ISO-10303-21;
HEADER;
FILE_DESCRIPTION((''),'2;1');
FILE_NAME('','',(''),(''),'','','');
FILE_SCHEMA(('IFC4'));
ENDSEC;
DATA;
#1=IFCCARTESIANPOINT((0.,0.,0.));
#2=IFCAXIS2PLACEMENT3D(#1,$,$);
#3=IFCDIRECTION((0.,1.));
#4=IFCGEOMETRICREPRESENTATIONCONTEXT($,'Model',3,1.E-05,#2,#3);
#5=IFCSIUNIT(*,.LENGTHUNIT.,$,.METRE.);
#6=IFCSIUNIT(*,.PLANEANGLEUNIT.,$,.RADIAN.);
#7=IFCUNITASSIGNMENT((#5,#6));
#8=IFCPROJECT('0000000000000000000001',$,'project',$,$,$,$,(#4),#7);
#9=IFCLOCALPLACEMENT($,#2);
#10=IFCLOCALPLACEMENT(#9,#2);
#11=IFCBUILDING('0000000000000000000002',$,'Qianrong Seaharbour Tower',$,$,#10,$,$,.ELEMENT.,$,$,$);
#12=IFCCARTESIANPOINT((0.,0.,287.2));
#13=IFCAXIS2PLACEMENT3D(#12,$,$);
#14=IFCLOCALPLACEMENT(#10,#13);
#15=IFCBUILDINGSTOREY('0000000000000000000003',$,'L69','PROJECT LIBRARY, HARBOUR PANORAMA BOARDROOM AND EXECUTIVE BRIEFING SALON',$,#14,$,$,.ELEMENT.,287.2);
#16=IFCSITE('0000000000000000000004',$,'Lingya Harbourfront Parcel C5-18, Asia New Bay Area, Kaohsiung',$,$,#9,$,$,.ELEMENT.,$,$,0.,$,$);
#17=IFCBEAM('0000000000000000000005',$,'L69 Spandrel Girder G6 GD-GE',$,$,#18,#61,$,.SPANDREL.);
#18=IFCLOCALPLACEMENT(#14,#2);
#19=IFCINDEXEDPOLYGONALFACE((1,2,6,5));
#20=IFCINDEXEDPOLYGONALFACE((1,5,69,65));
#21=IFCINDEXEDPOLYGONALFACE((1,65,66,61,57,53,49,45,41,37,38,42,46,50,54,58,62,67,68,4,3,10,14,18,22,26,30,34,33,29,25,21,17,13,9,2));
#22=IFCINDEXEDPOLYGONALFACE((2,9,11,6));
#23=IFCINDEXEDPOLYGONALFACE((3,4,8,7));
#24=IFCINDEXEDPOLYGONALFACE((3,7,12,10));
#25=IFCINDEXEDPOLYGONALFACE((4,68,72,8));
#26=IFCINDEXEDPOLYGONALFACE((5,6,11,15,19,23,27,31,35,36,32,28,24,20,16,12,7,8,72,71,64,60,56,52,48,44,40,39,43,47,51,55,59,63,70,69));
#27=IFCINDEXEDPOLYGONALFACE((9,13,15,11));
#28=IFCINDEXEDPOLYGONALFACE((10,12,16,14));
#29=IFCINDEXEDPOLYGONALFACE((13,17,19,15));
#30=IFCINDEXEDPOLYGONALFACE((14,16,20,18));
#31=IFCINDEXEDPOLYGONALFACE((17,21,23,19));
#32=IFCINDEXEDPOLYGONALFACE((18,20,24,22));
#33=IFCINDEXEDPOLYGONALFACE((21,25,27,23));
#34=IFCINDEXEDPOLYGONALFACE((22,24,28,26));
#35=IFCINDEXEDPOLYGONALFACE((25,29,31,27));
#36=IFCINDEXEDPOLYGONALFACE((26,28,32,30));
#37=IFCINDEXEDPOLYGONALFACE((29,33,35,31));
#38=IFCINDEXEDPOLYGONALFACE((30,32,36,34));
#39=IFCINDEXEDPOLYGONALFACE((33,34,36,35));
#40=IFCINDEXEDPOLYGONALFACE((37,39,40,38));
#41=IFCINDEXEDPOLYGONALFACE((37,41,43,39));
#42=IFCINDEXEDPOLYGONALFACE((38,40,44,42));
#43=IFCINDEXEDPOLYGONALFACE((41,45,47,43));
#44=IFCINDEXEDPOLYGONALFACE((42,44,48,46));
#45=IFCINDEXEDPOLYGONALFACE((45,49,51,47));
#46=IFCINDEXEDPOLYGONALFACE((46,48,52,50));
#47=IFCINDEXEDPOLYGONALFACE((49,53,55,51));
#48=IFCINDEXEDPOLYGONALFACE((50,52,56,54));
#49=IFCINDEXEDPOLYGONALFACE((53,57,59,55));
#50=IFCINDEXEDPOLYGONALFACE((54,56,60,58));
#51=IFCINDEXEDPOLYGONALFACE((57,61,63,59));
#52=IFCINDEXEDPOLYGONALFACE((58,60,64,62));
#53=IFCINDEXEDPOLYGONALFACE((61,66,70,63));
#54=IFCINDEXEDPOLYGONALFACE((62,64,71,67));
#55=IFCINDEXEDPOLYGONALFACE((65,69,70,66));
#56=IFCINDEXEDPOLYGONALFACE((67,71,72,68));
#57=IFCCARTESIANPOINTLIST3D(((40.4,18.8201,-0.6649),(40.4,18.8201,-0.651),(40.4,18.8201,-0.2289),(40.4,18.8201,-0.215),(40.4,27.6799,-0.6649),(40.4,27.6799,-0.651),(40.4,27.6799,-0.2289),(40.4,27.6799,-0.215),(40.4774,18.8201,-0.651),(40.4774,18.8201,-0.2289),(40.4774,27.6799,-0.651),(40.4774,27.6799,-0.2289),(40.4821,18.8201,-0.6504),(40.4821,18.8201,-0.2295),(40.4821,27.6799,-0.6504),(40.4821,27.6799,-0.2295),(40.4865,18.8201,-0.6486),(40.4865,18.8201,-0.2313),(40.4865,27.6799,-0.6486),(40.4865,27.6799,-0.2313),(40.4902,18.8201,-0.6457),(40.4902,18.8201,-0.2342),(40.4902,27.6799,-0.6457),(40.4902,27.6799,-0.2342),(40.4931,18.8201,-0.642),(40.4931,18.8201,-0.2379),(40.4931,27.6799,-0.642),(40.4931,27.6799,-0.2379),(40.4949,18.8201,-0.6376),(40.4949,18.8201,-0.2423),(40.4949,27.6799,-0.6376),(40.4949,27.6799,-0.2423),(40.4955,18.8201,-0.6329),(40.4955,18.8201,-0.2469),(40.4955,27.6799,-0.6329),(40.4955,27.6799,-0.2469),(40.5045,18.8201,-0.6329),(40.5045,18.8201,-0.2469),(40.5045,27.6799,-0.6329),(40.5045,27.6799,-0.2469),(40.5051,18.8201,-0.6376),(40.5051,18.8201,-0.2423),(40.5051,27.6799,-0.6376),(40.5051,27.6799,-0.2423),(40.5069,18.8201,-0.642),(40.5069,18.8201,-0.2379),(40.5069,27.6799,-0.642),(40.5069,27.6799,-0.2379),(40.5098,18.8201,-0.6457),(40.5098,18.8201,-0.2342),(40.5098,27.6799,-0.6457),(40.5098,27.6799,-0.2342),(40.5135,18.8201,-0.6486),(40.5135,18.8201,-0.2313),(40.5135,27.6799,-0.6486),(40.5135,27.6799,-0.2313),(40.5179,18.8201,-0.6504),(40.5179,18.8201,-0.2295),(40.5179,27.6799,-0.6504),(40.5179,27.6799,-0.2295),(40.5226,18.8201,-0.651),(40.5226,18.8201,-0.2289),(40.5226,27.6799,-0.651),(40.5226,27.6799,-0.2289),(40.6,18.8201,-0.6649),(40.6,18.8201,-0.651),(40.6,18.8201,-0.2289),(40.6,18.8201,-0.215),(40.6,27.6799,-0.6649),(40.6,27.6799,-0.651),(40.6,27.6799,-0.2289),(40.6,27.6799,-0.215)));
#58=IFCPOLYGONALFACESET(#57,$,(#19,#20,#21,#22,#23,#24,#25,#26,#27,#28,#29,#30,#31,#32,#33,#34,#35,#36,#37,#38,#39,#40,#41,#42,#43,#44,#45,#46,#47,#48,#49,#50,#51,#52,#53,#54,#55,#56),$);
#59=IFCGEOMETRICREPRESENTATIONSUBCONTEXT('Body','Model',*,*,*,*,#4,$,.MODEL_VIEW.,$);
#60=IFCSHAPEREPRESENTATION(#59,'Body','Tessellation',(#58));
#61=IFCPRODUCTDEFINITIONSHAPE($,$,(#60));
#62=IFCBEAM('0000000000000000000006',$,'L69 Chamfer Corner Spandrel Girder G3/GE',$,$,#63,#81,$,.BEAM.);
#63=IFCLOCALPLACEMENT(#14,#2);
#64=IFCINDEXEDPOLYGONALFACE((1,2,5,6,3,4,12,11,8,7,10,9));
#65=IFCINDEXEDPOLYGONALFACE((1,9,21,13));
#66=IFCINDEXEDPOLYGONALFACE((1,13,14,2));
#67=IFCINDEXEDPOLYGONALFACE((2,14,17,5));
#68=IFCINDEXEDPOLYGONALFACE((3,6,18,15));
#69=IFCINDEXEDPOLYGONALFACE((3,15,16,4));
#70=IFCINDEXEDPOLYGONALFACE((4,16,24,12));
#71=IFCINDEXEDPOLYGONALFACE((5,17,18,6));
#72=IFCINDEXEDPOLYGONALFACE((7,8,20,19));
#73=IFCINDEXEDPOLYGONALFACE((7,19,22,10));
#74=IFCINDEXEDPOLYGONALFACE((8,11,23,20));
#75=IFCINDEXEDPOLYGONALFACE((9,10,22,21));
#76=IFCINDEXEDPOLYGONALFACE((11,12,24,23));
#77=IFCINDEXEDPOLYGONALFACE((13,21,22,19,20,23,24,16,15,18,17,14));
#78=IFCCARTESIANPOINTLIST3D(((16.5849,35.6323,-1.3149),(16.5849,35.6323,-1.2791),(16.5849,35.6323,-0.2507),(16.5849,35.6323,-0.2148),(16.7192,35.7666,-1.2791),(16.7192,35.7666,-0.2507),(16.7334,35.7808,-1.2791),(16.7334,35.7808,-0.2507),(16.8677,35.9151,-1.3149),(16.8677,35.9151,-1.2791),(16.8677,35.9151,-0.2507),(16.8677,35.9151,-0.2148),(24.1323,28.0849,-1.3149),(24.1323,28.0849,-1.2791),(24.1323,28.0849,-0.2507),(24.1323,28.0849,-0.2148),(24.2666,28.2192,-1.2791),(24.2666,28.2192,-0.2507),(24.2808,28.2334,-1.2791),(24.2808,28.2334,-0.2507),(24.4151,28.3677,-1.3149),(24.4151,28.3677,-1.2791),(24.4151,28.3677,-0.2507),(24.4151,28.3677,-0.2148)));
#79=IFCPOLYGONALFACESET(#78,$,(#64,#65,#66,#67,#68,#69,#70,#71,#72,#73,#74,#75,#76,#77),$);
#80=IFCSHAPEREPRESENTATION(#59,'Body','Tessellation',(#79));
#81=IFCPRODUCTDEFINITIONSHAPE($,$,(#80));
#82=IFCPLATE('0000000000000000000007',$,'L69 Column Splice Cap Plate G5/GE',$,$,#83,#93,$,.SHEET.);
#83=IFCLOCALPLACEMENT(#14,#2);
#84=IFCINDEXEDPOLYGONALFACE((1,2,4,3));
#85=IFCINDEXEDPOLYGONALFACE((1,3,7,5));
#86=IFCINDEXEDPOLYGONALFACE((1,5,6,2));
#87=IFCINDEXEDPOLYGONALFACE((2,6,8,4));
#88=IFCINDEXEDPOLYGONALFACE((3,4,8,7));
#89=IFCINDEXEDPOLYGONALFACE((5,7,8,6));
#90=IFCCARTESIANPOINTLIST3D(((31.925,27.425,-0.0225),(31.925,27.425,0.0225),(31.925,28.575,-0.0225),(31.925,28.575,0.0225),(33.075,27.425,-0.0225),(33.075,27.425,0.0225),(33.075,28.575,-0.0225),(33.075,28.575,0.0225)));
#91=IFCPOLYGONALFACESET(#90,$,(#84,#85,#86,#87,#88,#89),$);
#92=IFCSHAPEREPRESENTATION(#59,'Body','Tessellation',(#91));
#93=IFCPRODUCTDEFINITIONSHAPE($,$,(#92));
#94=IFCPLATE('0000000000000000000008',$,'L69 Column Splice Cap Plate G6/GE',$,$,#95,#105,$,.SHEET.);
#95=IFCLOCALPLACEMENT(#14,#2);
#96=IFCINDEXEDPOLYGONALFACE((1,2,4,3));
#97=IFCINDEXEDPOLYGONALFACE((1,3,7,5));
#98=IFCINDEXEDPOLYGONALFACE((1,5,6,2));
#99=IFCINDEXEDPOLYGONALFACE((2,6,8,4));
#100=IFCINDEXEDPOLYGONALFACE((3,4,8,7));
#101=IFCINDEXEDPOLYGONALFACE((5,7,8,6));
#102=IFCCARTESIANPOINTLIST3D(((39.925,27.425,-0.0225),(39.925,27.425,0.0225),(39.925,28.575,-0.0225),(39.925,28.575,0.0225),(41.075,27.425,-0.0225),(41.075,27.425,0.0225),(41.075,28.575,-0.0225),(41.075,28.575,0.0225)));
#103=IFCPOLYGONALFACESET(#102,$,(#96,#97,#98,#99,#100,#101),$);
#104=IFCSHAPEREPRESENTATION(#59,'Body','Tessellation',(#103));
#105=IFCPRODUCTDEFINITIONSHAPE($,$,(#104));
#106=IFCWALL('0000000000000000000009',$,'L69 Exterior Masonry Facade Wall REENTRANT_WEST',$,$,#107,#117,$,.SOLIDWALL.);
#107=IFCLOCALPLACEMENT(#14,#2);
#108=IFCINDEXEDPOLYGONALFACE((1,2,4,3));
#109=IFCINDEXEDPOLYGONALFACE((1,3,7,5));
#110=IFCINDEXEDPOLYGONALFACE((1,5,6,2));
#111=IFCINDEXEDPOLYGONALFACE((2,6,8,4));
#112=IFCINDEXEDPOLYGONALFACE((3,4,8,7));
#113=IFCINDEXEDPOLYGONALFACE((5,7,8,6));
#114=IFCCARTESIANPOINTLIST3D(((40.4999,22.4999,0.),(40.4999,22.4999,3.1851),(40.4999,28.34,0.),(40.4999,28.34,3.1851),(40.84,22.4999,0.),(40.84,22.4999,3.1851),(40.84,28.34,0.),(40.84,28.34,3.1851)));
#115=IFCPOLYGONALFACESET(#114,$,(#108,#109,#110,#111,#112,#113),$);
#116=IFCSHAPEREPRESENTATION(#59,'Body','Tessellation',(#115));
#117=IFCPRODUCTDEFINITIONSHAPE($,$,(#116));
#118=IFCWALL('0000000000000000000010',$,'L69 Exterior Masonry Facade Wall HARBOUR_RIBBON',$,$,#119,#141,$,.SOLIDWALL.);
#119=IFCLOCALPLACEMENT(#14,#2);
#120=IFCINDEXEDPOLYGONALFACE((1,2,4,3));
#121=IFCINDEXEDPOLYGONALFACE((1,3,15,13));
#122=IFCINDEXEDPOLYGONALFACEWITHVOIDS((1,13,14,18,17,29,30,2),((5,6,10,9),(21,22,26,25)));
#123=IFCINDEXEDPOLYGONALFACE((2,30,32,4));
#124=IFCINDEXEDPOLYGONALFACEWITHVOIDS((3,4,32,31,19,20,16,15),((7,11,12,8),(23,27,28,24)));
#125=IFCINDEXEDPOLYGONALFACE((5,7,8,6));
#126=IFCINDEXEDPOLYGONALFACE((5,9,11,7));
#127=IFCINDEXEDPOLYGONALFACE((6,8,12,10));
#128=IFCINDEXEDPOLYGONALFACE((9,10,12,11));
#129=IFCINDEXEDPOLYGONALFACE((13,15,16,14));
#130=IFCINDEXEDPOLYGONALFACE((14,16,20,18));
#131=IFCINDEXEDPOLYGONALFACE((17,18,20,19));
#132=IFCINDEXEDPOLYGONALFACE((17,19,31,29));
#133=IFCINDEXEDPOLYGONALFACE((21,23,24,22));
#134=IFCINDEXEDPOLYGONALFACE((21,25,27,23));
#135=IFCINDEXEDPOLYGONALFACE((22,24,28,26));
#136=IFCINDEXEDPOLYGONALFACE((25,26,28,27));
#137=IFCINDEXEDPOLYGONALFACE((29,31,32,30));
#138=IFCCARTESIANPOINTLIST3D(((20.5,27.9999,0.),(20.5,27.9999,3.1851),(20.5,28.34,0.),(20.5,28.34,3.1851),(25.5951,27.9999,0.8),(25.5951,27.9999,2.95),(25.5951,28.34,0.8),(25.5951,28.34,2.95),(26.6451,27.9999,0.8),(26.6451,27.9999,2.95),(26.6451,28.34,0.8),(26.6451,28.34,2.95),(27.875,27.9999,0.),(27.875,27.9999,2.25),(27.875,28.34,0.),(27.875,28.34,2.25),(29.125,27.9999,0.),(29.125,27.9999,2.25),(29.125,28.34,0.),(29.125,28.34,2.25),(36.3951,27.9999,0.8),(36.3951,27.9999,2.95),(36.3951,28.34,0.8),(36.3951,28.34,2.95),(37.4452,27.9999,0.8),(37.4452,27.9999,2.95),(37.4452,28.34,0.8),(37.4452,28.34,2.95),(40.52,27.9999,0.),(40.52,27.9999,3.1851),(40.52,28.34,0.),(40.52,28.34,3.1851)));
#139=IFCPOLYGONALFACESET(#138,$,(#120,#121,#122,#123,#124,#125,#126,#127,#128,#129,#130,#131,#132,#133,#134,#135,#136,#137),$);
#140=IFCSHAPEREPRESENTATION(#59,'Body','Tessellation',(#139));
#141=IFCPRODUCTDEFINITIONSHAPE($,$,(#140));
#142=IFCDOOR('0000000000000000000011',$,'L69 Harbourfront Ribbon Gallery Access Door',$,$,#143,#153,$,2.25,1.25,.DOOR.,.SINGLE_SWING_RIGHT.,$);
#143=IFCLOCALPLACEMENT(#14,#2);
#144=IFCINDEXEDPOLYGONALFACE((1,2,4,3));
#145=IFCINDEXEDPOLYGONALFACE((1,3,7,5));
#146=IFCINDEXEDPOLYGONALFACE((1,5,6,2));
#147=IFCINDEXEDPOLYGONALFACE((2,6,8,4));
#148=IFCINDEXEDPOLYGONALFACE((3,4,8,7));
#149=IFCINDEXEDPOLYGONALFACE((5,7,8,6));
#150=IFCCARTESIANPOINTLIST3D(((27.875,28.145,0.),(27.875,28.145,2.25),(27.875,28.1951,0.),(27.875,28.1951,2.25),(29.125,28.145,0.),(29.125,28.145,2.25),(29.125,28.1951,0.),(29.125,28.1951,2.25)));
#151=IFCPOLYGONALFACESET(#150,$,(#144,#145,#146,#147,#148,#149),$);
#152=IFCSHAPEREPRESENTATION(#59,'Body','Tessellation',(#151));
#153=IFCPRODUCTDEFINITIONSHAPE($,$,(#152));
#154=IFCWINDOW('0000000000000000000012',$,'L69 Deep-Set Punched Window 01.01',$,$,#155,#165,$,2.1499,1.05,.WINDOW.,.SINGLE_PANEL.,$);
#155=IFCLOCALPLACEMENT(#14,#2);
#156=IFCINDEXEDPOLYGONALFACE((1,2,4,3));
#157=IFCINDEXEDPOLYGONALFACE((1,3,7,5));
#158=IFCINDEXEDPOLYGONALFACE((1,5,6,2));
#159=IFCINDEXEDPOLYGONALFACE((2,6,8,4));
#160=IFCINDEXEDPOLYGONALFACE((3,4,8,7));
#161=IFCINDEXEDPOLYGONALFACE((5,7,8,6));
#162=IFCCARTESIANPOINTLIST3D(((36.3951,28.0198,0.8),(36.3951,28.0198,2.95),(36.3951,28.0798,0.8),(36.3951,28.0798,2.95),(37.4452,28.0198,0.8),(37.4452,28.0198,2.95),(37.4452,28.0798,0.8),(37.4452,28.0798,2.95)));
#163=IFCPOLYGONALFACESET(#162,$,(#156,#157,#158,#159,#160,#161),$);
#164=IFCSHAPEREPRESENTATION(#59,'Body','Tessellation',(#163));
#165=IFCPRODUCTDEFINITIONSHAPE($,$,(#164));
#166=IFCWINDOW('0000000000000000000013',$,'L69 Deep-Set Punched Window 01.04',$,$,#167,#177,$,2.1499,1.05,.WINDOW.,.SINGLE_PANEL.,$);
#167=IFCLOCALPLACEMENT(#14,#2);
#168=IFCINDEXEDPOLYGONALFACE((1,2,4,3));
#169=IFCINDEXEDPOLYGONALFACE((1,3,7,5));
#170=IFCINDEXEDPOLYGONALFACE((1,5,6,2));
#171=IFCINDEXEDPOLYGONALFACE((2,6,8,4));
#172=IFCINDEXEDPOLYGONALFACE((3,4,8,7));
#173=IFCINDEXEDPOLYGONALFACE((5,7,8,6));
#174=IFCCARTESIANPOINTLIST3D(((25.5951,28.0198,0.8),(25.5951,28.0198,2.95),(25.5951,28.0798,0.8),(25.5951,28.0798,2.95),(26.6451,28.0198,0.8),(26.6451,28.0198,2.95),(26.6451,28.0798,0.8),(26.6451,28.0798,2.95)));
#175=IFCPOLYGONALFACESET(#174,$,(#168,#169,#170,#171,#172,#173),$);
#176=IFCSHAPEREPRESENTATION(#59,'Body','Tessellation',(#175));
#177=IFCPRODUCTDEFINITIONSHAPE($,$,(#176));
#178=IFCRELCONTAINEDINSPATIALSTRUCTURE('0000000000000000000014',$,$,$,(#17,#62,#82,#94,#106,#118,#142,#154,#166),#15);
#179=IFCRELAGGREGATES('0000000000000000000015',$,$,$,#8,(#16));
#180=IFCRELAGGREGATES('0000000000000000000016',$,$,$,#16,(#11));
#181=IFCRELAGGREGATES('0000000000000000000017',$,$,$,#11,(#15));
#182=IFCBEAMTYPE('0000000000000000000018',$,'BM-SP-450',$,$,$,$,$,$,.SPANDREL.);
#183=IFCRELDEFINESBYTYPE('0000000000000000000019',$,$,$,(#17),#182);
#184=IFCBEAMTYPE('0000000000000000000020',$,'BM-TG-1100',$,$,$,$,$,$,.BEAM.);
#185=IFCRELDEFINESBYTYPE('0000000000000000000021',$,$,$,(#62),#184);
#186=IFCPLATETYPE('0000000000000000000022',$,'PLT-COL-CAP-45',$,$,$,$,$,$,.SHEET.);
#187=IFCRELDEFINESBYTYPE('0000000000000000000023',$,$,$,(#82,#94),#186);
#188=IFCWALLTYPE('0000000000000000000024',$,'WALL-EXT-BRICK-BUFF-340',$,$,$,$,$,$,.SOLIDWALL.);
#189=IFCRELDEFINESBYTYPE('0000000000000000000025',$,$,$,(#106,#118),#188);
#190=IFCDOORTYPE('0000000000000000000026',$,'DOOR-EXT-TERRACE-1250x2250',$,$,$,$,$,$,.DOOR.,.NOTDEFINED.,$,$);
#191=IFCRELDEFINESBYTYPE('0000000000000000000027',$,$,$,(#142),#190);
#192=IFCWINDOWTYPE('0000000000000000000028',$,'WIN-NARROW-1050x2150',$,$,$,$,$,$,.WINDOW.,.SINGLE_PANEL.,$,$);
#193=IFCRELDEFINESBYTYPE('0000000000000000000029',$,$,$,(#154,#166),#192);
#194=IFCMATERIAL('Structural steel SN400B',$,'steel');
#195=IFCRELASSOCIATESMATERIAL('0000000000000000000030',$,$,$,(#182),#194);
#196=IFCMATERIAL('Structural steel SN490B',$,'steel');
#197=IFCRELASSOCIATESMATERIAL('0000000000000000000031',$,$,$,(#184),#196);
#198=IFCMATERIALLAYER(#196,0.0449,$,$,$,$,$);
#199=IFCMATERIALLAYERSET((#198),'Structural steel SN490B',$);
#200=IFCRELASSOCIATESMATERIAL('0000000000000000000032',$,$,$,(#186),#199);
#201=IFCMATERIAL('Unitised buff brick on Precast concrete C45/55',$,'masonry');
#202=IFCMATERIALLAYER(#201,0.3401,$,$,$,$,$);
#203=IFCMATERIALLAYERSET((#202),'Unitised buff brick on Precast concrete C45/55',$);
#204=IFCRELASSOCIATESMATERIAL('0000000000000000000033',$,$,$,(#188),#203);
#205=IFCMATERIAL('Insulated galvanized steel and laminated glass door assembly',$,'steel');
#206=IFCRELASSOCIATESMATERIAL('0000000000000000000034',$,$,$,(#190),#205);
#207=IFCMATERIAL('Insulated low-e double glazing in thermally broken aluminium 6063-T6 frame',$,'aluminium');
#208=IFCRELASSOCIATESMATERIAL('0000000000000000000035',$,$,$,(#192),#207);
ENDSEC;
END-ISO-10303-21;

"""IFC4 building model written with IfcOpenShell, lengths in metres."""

from ifc_helpers import new_model, si_unit, direction, frame, frame_2d, origin, origin_2d, place, context, subcontext, project, spatial, rectangle, i_section, extrude, material, layer, layer_set, material_profile, profile_set, type_object, element, fill, save


model = new_model("IFC4")

# Units and contexts
model_context = context("Model", 3, precision=1e-05, world=origin(), true_north=direction((0.0, 1.0)))
body_context = subcontext(model_context, "Body", "Model", "MODEL_VIEW")
ifc_project = project(units=[si_unit("LENGTHUNIT", "METRE"), si_unit("PLANEANGLEUNIT", "RADIAN")], contexts=[model_context])

# Site, building, storey
site_placement = place(None, origin())
site = spatial("IfcSite", under=ifc_project, at=site_placement, Name="Lingya Harbourfront Parcel C5-18, Asia New Bay Area, Kaohsiung", CompositionType="ELEMENT", RefElevation=0.0)
building_placement = place(site_placement, origin())
building = spatial("IfcBuilding", under=site, at=building_placement, Name="Qianrong Seaharbour Tower", CompositionType="ELEMENT")
storey_placement = place(building_placement, frame((0.0, 0.0, 287.2)))
storey = spatial("IfcBuildingStorey", under=building, at=storey_placement, Name="L69", Description="PROJECT LIBRARY, HARBOUR PANORAMA BOARDROOM AND EXECUTIVE BRIEFING SALON", CompositionType="ELEMENT", Elevation=287.2)

# Shared definitions
ifc_material_1 = material(Name="Structural steel SN490B", Category="steel")
ifc_material_2 = material(Name="Structural steel SN400B", Category="steel")

# Beams
ifc_material_profile_1 = material_profile(ifc_material_2, i_section(OverallWidth=0.2, OverallDepth=0.45, WebThickness=0.009, FlangeThickness=0.0139, FilletRadius=0.0181, at=origin_2d()), Name="H450x200x9x14")
ifc_profile_set_1 = profile_set([ifc_material_profile_1], Name="Structural steel SN400B")
beam_type_1 = type_object("IfcBeamType", Name="BM-SP-450", PredefinedType="SPANDREL", material=ifc_profile_set_1)
beam_1_placement = place(storey_placement, frame((40.5, 18.8201, -0.4399), z_axis=(0.0, 1.0, 0.0), x_axis=(-1.0, 0.0, 0.0)))
element("IfcBeam", 1, at=beam_1_placement, inside=storey, type_object=beam_type_1, Name="L69 Spandrel Girder G6 GD-GE", PredefinedType="SPANDREL", context=body_context, shape_type="SweptSolid", body=[
    extrude(i_section(OverallWidth=0.2, OverallDepth=0.45, WebThickness=0.009, FlangeThickness=0.0139, FilletRadius=0.0181, at=origin_2d()), origin(), (0.0, 0.0, 1.0), 8.8599),
])
ifc_material_profile_2 = material_profile(ifc_material_1, i_section(OverallWidth=0.3999, OverallDepth=1.1001, WebThickness=0.02, FlangeThickness=0.0359, at=origin_2d()), Name="BH1100x400x20x36")
ifc_profile_set_2 = profile_set([ifc_material_profile_2], Name="Structural steel SN490B")
beam_type_2 = type_object("IfcBeamType", Name="BM-TG-1100", PredefinedType="BEAM", material=ifc_profile_set_2)
beam_2_placement = place(storey_placement, frame((24.2737, 28.2263, -0.7649), z_axis=(-0.707107, 0.707107, 0.0), x_axis=(-0.707107, -0.707107, 0.0)))
element("IfcBeam", 2, at=beam_2_placement, inside=storey, type_object=beam_type_2, Name="L69 Chamfer Corner Spandrel Girder G3/GE", PredefinedType="BEAM", context=body_context, shape_type="SweptSolid", body=[
    extrude(i_section(OverallWidth=0.3999, OverallDepth=1.1001, WebThickness=0.02, FlangeThickness=0.0359, at=origin_2d()), origin(), (0.0, 0.0, 1.0), 10.6736),
])

# Plates
ifc_layer_1 = layer(ifc_material_1, 0.0449)
ifc_layer_set_1 = layer_set([ifc_layer_1], Name="Structural steel SN490B")
plate_type = type_object("IfcPlateType", Name="PLT-COL-CAP-45", PredefinedType="SHEET", material=ifc_layer_set_1)
for number, where, z_axis, x_axis, name in (
    (3, (32.5, 28.0, -0.0225), (0.0, 0.0, 1.0), (1.0, 0.0, 0.0), "L69 Column Splice Cap Plate G5/GE"),
    (4, (40.5, 28.0, -0.0225), (0.0, 0.0, 1.0), (1.0, 0.0, 0.0), "L69 Column Splice Cap Plate G6/GE"),
):
    element("IfcPlate", number, at=place(storey_placement, frame(where, z_axis=z_axis, x_axis=x_axis)), inside=storey, type_object=plate_type, Name=name, PredefinedType="SHEET", context=body_context, shape_type="SweptSolid", body=[
        extrude(rectangle(XDim=1.1499, YDim=1.1499, at=origin_2d()), origin(), (0.0, 0.0, 1.0), 0.0449),
    ])

# Wall
ifc_material_3 = material(Name="Unitised buff brick on Precast concrete C45/55", Category="masonry")
ifc_layer_2 = layer(ifc_material_3, 0.3401)
ifc_layer_set_2 = layer_set([ifc_layer_2], Name="Unitised buff brick on Precast concrete C45/55")
wall_type = type_object("IfcWallType", Name="WALL-EXT-BRICK-BUFF-340", PredefinedType="SOLIDWALL", material=ifc_layer_set_2)
wall_1_placement = place(storey_placement, frame((40.6699, 22.5, 0.0), z_axis=(0.0, 0.0, 1.0), x_axis=(0.0, 1.0, 0.0)))
element("IfcWall", 5, at=wall_1_placement, inside=storey, type_object=wall_type, Name="L69 Exterior Masonry Facade Wall REENTRANT_WEST", PredefinedType="SOLIDWALL", context=body_context, shape_type="SweptSolid", body=[
    extrude(rectangle(XDim=5.8401, YDim=0.3401, at=frame_2d((2.9199, 0.0))), origin(), (0.0, 0.0, 1.0), 3.1851),
])

# Wall, openings, door, windows
wall_2_placement = place(storey_placement, frame((40.52, 28.1699, 0.0), z_axis=(0.0, 0.0, 1.0), x_axis=(-1.0, 0.0, 0.0)))
wall_2 = element("IfcWall", 6, at=wall_2_placement, inside=storey, type_object=wall_type, Name="L69 Exterior Masonry Facade Wall HARBOUR_RIBBON", PredefinedType="SOLIDWALL", context=body_context, shape_type="SweptSolid", body=[
    extrude(rectangle(XDim=20.02, YDim=0.3401, at=frame_2d((10.01, 0.0))), origin(), (0.0, 0.0, 1.0), 3.1851),
])
opening_1_placement = place(wall_2_placement, frame((3.075, 0.0, 0.8)))
opening_1 = element("IfcOpeningElement", 7, at=opening_1_placement, cuts=wall_2, PredefinedType="OPENING", context=body_context, shape_type="SweptSolid", body=[
    extrude(rectangle(XDim=1.05, YDim=2.1499, at=frame_2d((0.5249, 1.075))), frame((0.0, 0.1802, 0.0), z_axis=(0.0, -1.0, 0.0), x_axis=(1.0, 0.0, 0.0)), (0.0, 0.0, 1.0), 0.3601),
])
opening_2_placement = place(wall_2_placement, frame((13.875, 0.0, 0.8)))
opening_2 = element("IfcOpeningElement", 8, at=opening_2_placement, cuts=wall_2, PredefinedType="OPENING", context=body_context, shape_type="SweptSolid", body=[
    extrude(rectangle(XDim=1.05, YDim=2.1499, at=frame_2d((0.5249, 1.075))), frame((0.0, 0.1802, 0.0), z_axis=(0.0, -1.0, 0.0), x_axis=(1.0, 0.0, 0.0)), (0.0, 0.0, 1.0), 0.3601),
])
opening_3_placement = place(wall_2_placement, frame((11.395, 0.0, 0.0)))
opening_3 = element("IfcOpeningElement", 9, at=opening_3_placement, cuts=wall_2, PredefinedType="OPENING", context=body_context, shape_type="SweptSolid", body=[
    extrude(rectangle(XDim=1.25, YDim=2.25, at=frame_2d((0.625, 1.125))), frame((0.0, 0.1802, 0.0), z_axis=(0.0, -1.0, 0.0), x_axis=(1.0, 0.0, 0.0)), (0.0, 0.0, 1.0), 0.3601),
])
ifc_material_4 = material(Name="Insulated galvanized steel and laminated glass door assembly", Category="steel")
door_type = type_object("IfcDoorType", Name="DOOR-EXT-TERRACE-1250x2250", OperationType="NOTDEFINED", PredefinedType="DOOR", material=ifc_material_4)
door_placement = place(opening_3_placement, origin())
door = element("IfcDoor", 10, at=door_placement, inside=storey, type_object=door_type, Name="L69 Harbourfront Ribbon Gallery Access Door", OperationType="SINGLE_SWING_RIGHT", OverallHeight=2.25, OverallWidth=1.25, PredefinedType="DOOR", context=body_context, shape_type="SweptSolid", body=[
    extrude(rectangle(XDim=1.25, YDim=2.25, at=frame_2d((0.625, 1.125))), frame((0.0, 0.0249, 0.0), z_axis=(0.0, -1.0, 0.0), x_axis=(1.0, 0.0, 0.0)), (0.0, 0.0, 1.0), 0.05),
])
fill(opening_3, door)
ifc_material_5 = material(Name="Insulated low-e double glazing in thermally broken aluminium 6063-T6 frame", Category="aluminium")
window_type = type_object("IfcWindowType", Name="WIN-NARROW-1050x2150", PartitioningType="SINGLE_PANEL", PredefinedType="WINDOW", material=ifc_material_5)
window_1_placement = place(opening_1_placement, origin())
window_1 = element("IfcWindow", 11, at=window_1_placement, inside=storey, type_object=window_type, Name="L69 Deep-Set Punched Window 01.01", OverallHeight=2.1499, OverallWidth=1.05, PartitioningType="SINGLE_PANEL", PredefinedType="WINDOW", context=body_context, shape_type="SweptSolid", body=[
    extrude(rectangle(XDim=1.05, YDim=2.1499, at=frame_2d((0.5249, 1.075))), frame((0.0, 0.1501, 0.0), z_axis=(0.0, -1.0, 0.0), x_axis=(1.0, 0.0, 0.0)), (0.0, 0.0, 1.0), 0.0601),
])
fill(opening_1, window_1)
window_2_placement = place(opening_2_placement, origin())
window_2 = element("IfcWindow", 12, at=window_2_placement, inside=storey, type_object=window_type, Name="L69 Deep-Set Punched Window 01.04", OverallHeight=2.1499, OverallWidth=1.05, PartitioningType="SINGLE_PANEL", PredefinedType="WINDOW", context=body_context, shape_type="SweptSolid", body=[
    extrude(rectangle(XDim=1.05, YDim=2.1499, at=frame_2d((0.5249, 1.075))), frame((0.0, 0.1501, 0.0), z_axis=(0.0, -1.0, 0.0), x_axis=(1.0, 0.0, 0.0)), (0.0, 0.0, 1.0), 0.0601),
])
fill(opening_2, window_2)

save(model, "model.ifc")
